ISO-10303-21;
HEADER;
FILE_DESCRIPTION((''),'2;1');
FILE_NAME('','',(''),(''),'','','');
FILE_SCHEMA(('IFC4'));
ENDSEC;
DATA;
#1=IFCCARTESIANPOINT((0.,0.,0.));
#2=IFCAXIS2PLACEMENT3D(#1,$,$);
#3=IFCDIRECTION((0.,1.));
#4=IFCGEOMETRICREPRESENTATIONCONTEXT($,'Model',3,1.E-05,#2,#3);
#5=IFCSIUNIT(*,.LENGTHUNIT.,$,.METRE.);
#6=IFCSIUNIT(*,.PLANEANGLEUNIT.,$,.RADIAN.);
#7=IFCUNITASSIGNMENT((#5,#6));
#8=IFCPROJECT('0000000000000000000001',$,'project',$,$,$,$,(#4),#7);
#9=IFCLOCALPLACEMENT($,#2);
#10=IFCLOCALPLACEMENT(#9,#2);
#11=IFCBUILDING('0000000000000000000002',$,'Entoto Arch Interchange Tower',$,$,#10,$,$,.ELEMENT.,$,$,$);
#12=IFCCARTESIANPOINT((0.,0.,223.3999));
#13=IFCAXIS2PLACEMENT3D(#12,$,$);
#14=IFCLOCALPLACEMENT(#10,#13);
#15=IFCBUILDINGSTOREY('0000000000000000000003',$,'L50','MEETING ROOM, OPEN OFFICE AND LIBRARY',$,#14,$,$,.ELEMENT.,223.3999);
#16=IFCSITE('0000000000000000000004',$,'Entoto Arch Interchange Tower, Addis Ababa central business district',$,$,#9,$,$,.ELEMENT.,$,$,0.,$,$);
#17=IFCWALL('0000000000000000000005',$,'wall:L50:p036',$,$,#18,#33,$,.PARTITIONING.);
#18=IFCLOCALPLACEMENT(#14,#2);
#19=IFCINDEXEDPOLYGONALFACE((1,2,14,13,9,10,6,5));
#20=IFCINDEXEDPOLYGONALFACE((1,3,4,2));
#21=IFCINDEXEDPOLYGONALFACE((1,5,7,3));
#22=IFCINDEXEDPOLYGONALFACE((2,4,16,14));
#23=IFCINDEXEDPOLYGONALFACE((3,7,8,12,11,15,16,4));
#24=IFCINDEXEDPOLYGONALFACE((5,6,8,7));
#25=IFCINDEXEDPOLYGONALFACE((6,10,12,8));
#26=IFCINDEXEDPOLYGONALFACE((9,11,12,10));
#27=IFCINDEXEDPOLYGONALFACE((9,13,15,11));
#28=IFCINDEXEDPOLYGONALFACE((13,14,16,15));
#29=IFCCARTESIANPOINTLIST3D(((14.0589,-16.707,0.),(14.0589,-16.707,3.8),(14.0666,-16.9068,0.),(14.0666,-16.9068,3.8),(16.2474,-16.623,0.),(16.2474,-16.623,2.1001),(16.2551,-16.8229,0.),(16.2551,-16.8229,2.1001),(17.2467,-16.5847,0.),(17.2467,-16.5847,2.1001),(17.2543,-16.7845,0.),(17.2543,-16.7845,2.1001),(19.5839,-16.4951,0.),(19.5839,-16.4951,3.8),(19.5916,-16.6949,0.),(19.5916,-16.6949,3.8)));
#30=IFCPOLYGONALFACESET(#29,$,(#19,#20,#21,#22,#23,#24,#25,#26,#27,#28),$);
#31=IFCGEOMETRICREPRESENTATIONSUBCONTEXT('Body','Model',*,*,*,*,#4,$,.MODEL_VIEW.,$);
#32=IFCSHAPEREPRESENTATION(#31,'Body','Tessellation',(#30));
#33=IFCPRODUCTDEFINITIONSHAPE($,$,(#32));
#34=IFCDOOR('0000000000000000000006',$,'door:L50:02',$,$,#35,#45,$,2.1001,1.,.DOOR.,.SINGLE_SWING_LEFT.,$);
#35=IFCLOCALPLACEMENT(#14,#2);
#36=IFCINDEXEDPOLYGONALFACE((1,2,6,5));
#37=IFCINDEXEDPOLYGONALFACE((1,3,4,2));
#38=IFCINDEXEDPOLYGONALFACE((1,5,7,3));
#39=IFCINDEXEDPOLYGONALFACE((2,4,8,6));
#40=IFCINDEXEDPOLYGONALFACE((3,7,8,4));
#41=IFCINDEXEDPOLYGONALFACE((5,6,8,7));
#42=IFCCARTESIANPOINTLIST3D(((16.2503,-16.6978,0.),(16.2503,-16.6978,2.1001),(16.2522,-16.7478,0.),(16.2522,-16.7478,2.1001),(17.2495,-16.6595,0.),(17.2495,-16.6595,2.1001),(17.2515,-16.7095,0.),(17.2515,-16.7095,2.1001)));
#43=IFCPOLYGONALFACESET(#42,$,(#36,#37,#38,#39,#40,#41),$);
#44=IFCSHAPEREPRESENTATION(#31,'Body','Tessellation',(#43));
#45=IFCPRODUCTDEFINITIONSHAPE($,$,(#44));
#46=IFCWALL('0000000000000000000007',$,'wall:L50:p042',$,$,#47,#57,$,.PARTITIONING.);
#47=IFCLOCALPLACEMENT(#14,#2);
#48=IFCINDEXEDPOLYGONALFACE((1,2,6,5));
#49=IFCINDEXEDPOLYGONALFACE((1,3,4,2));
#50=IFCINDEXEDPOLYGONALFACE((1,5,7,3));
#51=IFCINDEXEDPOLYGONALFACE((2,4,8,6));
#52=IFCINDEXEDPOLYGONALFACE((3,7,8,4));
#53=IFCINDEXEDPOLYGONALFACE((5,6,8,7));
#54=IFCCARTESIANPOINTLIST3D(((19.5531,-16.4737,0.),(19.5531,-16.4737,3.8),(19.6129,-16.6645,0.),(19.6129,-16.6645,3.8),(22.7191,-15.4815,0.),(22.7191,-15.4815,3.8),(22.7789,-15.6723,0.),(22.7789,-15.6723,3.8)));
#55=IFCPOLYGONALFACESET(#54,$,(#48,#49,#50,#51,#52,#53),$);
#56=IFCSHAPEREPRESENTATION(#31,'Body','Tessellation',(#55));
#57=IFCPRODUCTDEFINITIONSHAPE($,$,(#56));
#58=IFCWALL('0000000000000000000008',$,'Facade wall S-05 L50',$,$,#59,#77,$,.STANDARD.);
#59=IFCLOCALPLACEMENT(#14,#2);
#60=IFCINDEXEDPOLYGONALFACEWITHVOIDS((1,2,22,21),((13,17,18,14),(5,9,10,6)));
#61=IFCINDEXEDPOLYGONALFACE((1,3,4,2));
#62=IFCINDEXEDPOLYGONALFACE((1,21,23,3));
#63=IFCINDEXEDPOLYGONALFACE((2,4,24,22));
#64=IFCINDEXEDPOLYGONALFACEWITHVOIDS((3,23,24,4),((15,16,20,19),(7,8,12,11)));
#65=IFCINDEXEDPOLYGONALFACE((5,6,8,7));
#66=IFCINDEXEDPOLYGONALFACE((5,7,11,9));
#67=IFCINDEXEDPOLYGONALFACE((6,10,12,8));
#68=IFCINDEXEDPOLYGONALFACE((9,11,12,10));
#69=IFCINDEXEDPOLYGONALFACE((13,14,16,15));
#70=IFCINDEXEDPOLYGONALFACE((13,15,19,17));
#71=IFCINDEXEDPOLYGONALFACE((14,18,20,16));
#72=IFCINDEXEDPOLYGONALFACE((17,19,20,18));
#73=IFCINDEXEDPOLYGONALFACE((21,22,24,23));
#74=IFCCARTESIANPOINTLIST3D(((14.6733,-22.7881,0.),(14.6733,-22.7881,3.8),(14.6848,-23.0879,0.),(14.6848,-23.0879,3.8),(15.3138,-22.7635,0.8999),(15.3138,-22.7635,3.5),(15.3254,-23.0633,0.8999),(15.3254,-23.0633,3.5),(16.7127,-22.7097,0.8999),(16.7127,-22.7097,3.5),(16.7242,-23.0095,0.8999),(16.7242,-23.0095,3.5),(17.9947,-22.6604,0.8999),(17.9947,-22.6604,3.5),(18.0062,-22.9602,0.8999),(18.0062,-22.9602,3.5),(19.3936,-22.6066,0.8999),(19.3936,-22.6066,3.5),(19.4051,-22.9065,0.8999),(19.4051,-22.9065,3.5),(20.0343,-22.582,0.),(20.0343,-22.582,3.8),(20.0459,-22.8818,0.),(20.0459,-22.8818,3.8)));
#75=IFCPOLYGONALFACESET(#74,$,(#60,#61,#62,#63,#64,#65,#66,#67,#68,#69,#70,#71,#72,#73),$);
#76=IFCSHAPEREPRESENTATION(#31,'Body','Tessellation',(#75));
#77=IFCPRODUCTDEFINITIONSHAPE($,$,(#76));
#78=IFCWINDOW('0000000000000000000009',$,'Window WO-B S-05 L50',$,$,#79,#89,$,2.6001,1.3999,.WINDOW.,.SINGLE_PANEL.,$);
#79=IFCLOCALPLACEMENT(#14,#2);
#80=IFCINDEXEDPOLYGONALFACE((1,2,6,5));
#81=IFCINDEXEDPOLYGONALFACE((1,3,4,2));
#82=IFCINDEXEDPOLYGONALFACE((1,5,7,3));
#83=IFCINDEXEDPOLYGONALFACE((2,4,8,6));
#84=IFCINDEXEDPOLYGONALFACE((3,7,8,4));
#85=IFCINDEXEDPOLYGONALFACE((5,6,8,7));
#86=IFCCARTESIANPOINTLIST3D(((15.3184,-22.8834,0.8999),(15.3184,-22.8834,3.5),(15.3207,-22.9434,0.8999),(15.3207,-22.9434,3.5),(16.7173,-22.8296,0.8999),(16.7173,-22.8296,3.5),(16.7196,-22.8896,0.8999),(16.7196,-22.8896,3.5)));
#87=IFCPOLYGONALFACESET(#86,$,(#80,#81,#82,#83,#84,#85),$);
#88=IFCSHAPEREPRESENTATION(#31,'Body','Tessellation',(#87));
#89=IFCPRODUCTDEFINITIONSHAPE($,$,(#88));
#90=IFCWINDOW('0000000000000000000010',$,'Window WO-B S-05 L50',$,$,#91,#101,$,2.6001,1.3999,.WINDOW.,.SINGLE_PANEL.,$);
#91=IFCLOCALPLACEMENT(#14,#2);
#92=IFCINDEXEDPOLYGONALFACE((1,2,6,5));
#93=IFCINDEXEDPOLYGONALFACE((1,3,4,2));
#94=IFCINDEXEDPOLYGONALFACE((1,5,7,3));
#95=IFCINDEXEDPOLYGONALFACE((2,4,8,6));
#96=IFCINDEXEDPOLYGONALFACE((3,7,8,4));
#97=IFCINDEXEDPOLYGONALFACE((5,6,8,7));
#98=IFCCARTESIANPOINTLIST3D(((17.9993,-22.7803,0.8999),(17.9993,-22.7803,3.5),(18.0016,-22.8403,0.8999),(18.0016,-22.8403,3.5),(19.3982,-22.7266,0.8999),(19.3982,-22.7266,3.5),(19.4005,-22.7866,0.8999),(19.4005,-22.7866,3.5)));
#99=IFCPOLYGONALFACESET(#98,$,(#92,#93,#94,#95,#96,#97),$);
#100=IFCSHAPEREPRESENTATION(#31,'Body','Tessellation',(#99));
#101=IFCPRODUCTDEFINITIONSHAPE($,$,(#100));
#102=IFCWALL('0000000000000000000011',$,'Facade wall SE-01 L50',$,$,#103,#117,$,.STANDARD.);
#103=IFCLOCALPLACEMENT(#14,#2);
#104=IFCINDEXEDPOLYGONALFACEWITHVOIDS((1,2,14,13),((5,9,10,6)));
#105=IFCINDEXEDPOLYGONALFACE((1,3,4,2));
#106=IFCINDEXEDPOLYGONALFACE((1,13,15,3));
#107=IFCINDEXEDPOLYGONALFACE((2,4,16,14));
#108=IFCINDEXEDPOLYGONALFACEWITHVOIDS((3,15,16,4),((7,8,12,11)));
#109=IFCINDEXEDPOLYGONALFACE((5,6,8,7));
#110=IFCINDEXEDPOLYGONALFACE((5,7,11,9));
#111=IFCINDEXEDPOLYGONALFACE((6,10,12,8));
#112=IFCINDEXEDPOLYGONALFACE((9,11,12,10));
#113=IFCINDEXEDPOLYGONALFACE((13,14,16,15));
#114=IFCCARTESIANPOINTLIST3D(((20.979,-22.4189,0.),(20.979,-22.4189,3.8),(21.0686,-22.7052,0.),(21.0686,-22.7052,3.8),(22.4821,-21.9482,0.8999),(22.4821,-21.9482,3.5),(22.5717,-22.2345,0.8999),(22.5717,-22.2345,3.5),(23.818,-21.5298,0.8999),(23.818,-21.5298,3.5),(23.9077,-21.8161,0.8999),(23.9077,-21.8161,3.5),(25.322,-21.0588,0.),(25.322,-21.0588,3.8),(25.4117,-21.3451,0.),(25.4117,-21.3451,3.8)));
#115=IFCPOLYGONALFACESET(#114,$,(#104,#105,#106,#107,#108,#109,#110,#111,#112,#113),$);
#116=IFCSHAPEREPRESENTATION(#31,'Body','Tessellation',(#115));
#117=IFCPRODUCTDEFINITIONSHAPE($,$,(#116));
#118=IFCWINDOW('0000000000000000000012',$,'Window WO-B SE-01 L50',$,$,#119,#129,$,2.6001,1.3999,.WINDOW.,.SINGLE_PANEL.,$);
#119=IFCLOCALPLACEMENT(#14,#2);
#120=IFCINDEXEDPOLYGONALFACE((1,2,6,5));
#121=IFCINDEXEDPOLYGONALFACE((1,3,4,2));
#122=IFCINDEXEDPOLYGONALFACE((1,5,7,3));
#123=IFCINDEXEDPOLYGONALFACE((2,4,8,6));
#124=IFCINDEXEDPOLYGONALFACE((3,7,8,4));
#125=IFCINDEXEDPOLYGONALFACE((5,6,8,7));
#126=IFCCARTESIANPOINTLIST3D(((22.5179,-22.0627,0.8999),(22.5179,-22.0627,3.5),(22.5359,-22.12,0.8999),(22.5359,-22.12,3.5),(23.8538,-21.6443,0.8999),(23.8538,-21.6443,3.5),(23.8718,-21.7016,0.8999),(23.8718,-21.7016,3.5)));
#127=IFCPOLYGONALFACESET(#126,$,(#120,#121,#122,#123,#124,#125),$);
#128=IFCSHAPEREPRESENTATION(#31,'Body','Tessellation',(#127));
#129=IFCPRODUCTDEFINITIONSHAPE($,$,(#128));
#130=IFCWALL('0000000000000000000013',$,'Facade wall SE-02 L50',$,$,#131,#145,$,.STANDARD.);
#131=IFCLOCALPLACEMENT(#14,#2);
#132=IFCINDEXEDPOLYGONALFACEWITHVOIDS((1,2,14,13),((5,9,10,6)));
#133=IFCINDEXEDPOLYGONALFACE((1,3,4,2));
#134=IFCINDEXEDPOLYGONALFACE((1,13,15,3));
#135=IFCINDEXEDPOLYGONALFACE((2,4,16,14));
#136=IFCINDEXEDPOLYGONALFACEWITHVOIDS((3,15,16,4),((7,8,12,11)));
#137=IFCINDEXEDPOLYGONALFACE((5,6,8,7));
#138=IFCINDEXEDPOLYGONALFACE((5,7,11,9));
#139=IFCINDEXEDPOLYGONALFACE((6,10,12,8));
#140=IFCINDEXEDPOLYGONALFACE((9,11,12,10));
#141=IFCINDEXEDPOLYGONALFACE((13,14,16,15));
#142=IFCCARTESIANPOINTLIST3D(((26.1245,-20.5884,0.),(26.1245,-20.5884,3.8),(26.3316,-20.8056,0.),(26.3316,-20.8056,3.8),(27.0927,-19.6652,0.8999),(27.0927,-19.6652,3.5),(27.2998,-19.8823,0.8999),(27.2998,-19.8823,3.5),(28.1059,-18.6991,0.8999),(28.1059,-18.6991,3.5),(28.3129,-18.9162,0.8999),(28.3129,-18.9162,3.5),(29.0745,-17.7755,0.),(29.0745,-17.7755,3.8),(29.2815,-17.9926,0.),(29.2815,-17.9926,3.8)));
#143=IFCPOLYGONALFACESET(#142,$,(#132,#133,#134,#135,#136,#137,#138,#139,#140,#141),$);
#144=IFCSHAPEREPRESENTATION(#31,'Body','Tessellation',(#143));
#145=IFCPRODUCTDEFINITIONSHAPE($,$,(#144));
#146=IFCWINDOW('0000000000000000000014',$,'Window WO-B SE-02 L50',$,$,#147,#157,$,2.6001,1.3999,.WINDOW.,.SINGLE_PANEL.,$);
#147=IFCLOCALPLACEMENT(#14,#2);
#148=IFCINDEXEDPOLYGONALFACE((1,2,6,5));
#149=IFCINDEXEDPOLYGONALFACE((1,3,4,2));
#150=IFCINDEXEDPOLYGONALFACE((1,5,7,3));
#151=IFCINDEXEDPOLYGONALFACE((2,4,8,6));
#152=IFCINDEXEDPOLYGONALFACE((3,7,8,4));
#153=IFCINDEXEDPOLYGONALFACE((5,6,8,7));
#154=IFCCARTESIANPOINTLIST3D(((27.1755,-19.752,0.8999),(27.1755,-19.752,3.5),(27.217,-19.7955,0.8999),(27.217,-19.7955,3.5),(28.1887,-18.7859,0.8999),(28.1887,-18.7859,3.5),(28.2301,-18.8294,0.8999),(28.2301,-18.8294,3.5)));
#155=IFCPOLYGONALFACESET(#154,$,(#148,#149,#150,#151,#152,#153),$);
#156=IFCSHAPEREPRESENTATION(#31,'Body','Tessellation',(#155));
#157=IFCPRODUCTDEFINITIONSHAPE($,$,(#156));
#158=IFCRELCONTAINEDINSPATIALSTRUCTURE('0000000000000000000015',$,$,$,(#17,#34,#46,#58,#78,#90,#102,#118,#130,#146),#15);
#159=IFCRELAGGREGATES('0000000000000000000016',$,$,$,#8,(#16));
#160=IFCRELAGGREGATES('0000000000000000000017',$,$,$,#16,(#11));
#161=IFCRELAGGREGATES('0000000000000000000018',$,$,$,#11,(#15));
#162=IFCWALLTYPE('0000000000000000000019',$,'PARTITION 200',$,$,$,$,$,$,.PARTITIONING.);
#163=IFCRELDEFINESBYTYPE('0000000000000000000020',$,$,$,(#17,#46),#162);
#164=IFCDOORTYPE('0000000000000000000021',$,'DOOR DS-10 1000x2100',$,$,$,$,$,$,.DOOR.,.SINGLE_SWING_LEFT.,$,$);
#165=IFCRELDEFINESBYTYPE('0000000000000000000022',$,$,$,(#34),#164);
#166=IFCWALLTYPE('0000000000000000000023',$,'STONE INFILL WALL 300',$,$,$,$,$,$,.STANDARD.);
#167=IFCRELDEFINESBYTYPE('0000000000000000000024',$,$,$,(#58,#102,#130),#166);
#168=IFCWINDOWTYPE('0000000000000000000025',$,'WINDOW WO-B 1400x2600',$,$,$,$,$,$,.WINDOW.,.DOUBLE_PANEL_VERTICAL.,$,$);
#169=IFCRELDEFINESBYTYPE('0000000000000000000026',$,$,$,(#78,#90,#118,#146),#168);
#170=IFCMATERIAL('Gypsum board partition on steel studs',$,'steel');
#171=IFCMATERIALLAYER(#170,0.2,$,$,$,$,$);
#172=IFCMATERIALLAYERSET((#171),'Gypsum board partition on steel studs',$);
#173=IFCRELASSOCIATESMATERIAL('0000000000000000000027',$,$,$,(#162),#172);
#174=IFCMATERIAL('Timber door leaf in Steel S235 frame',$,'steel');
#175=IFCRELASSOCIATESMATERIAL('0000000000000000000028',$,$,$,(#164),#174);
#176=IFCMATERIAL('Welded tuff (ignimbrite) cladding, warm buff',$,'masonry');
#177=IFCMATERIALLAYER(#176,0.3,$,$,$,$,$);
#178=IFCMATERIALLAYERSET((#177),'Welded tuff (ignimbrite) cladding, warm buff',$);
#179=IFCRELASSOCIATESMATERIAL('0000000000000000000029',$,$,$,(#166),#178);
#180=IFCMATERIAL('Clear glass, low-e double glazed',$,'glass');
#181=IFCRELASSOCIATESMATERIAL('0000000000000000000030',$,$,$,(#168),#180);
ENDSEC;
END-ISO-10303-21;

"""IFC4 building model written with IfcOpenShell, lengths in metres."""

from ifc_helpers import new_model, si_unit, direction, frame, frame_2d, origin, place, context, subcontext, project, spatial, rectangle, extrude, material, layer, layer_set, type_object, element, fill, save


model = new_model("IFC4")

# Units and contexts
model_context = context("Model", 3, precision=1e-05, world=origin(), true_north=direction((0.0, 1.0)))
body_context = subcontext(model_context, "Body", "Model", "MODEL_VIEW")
ifc_project = project(units=[si_unit("LENGTHUNIT", "METRE"), si_unit("PLANEANGLEUNIT", "RADIAN")], contexts=[model_context])

# Site, building, storey
site_placement = place(None, origin())
site = spatial("IfcSite", under=ifc_project, at=site_placement, Name="Entoto Arch Interchange Tower, Addis Ababa central business district", CompositionType="ELEMENT", RefElevation=0.0)
building_placement = place(site_placement, origin())
building = spatial("IfcBuilding", under=site, at=building_placement, Name="Entoto Arch Interchange Tower", CompositionType="ELEMENT")
storey_placement = place(building_placement, frame((0.0, 0.0, 223.3999)))
storey = spatial("IfcBuildingStorey", under=building, at=storey_placement, Name="L50", Description="MEETING ROOM, OPEN OFFICE AND LIBRARY", CompositionType="ELEMENT", Elevation=223.3999)

# Shared definitions
ifc_material_1 = material(Name="Gypsum board partition on steel studs", Category="steel")
ifc_layer_1 = layer(ifc_material_1, 0.2)
ifc_layer_set_1 = layer_set([ifc_layer_1], Name="Gypsum board partition on steel studs")
wall_type_1 = type_object("IfcWallType", Name="PARTITION 200", PredefinedType="PARTITIONING", material=ifc_layer_set_1)

# Wall, opening, door
ifc_material_2 = material(Name="Timber door leaf in Steel S235 frame", Category="steel")
door_type = type_object("IfcDoorType", Name="DOOR DS-10 1000x2100", OperationType="SINGLE_SWING_LEFT", PredefinedType="DOOR", material=ifc_material_2)
wall_1_placement = place(storey_placement, frame((19.5879, -16.595, 0.0), z_axis=(0.0, 0.0, 1.0), x_axis=(-0.999265, -0.038328, 0.0)))
wall_1 = element("IfcWall", 1, at=wall_1_placement, inside=storey, type_object=wall_type_1, Name="wall:L50:p036", PredefinedType="PARTITIONING", context=body_context, shape_type="SweptSolid", body=[
    extrude(rectangle(XDim=5.5291, YDim=0.2, at=frame_2d((2.7646, 0.0))), origin(), (0.0, 0.0, 1.0), 3.8),
])
opening_1_placement = place(wall_1_placement, frame((2.3391, 0.0, 0.0)))
opening_1 = element("IfcOpeningElement", 2, at=opening_1_placement, cuts=wall_1, PredefinedType="OPENING", context=body_context, shape_type="SweptSolid", body=[
    extrude(rectangle(XDim=1.0, YDim=2.1001, at=frame_2d((0.5, 1.05))), frame((0.0, 0.1099, 0.0), z_axis=(0.0, -1.0, 0.0), x_axis=(1.0, 0.0, 0.0)), (0.0, 0.0, 1.0), 0.22),
])
door_1_placement = place(opening_1_placement, origin())
door_1 = element("IfcDoor", 3, at=door_1_placement, inside=storey, type_object=door_type, Name="door:L50:02", OperationType="SINGLE_SWING_LEFT", OverallHeight=2.1001, OverallWidth=1.0, PredefinedType="DOOR", context=body_context, shape_type="SweptSolid", body=[
    extrude(rectangle(XDim=1.0, YDim=2.1001, at=frame_2d((0.5, 1.05))), frame((0.0, 0.0249, 0.0), z_axis=(0.0, -1.0, 0.0), x_axis=(1.0, 0.0, 0.0)), (0.0, 0.0, 1.0), 0.05),
])
fill(opening_1, door_1)

# Wall
wall_2_placement = place(storey_placement, frame((22.749, -15.5769, 0.0), z_axis=(0.0, 0.0, 1.0), x_axis=(-0.954239, -0.299046, 0.0)))
element("IfcWall", 4, at=wall_2_placement, inside=storey, type_object=wall_type_1, Name="wall:L50:p042", PredefinedType="PARTITIONING", context=body_context, shape_type="SweptSolid", body=[
    extrude(rectangle(XDim=3.3179, YDim=0.2, at=frame_2d((1.6589, 0.0))), origin(), (0.0, 0.0, 1.0), 3.8),
])

# Wall, openings, windows
ifc_material_3 = material(Name="Welded tuff (ignimbrite) cladding, warm buff", Category="masonry")
ifc_layer_2 = layer(ifc_material_3, 0.3)
ifc_layer_set_2 = layer_set([ifc_layer_2], Name="Welded tuff (ignimbrite) cladding, warm buff")
wall_type_2 = type_object("IfcWallType", Name="STONE INFILL WALL 300", PredefinedType="STANDARD", material=ifc_layer_set_2)
wall_3_placement = place(storey_placement, frame((14.679, -22.938, 0.0), z_axis=(0.0, 0.0, 1.0), x_axis=(0.999262, 0.038407, 0.0)))
wall_3 = element("IfcWall", 5, at=wall_3_placement, inside=storey, type_object=wall_type_2, Name="Facade wall S-05 L50", PredefinedType="STANDARD", context=body_context, shape_type="SweptSolid", body=[
    extrude(rectangle(XDim=5.365, YDim=0.3, at=frame_2d((2.6826, 0.0))), origin(), (0.0, 0.0, 1.0), 3.8),
])
opening_2_placement = place(wall_3_placement, frame((0.6411, 0.0, 0.8999)))
opening_2 = element("IfcOpeningElement", 6, at=opening_2_placement, cuts=wall_3, PredefinedType="OPENING", context=body_context, shape_type="SweptSolid", body=[
    extrude(rectangle(XDim=1.3999, YDim=2.6001, at=frame_2d((0.7, 1.3))), frame((0.0, 0.1602, 0.0), z_axis=(0.0, -1.0, 0.0), x_axis=(1.0, 0.0, 0.0)), (0.0, 0.0, 1.0), 0.3201),
])
opening_3_placement = place(wall_3_placement, frame((3.324, 0.0, 0.8999)))
opening_3 = element("IfcOpeningElement", 7, at=opening_3_placement, cuts=wall_3, PredefinedType="OPENING", context=body_context, shape_type="SweptSolid", body=[
    extrude(rectangle(XDim=1.3999, YDim=2.6001, at=frame_2d((0.7, 1.3))), frame((0.0, 0.1602, 0.0), z_axis=(0.0, -1.0, 0.0), x_axis=(1.0, 0.0, 0.0)), (0.0, 0.0, 1.0), 0.3201),
])
ifc_material_4 = material(Name="Clear glass, low-e double glazed", Category="glass")
window_type = type_object("IfcWindowType", Name="WINDOW WO-B 1400x2600", PartitioningType="DOUBLE_PANEL_VERTICAL", PredefinedType="WINDOW", material=ifc_material_4)
window_1_placement = place(opening_2_placement, origin())
window_1 = element("IfcWindow", 8, at=window_1_placement, inside=storey, type_object=window_type, Name="Window WO-B S-05 L50", OverallHeight=2.6001, OverallWidth=1.3999, PartitioningType="SINGLE_PANEL", PredefinedType="WINDOW", context=body_context, shape_type="SweptSolid", body=[
    extrude(rectangle(XDim=1.3999, YDim=2.6001, at=frame_2d((0.7, 1.3))), frame((0.0, 0.03, 0.0), z_axis=(0.0, -1.0, 0.0), x_axis=(1.0, 0.0, 0.0)), (0.0, 0.0, 1.0), 0.0601),
])
fill(opening_2, window_1)
window_2_placement = place(opening_3_placement, origin())
window_2 = element("IfcWindow", 9, at=window_2_placement, inside=storey, type_object=window_type, Name="Window WO-B S-05 L50", OverallHeight=2.6001, OverallWidth=1.3999, PartitioningType="SINGLE_PANEL", PredefinedType="WINDOW", context=body_context, shape_type="SweptSolid", body=[
    extrude(rectangle(XDim=1.3999, YDim=2.6001, at=frame_2d((0.7, 1.3))), frame((0.0, 0.03, 0.0), z_axis=(0.0, -1.0, 0.0), x_axis=(1.0, 0.0, 0.0)), (0.0, 0.0, 1.0), 0.0601),
])
fill(opening_3, window_2)

# Walls, openings, windows
wall_4_placement = place(storey_placement, frame((21.0239, -22.562, 0.0), z_axis=(0.0, 0.0, 1.0), x_axis=(0.954297, 0.298858, 0.0)))
wall_4 = element("IfcWall", 10, at=wall_4_placement, inside=storey, type_object=wall_type_2, Name="Facade wall SE-01 L50", PredefinedType="STANDARD", context=body_context, shape_type="SweptSolid", body=[
    extrude(rectangle(XDim=4.551, YDim=0.3, at=frame_2d((2.2754, 0.0))), origin(), (0.0, 0.0, 1.0), 3.8),
])
opening_4_placement = place(wall_4_placement, frame((1.575, 0.0, 0.8999)))
opening_4 = element("IfcOpeningElement", 11, at=opening_4_placement, cuts=wall_4, PredefinedType="OPENING", context=body_context, shape_type="SweptSolid", body=[
    extrude(rectangle(XDim=1.3999, YDim=2.6001, at=frame_2d((0.7, 1.3))), frame((0.0, 0.1602, 0.0), z_axis=(0.0, -1.0, 0.0), x_axis=(1.0, 0.0, 0.0)), (0.0, 0.0, 1.0), 0.3201),
])
window_3_placement = place(opening_4_placement, origin())
window_3 = element("IfcWindow", 12, at=window_3_placement, inside=storey, type_object=window_type, Name="Window WO-B SE-01 L50", OverallHeight=2.6001, OverallWidth=1.3999, PartitioningType="SINGLE_PANEL", PredefinedType="WINDOW", context=body_context, shape_type="SweptSolid", body=[
    extrude(rectangle(XDim=1.3999, YDim=2.6001, at=frame_2d((0.7, 1.3))), frame((0.0, 0.03, 0.0), z_axis=(0.0, -1.0, 0.0), x_axis=(1.0, 0.0, 0.0)), (0.0, 0.0, 1.0), 0.0601),
])
fill(opening_4, window_3)
wall_5_placement = place(storey_placement, frame((26.228, -20.697, 0.0), z_axis=(0.0, 0.0, 1.0), x_axis=(0.723708, 0.690107, 0.0)))
wall_5 = element("IfcWall", 13, at=wall_5_placement, inside=storey, type_object=wall_type_2, Name="Facade wall SE-02 L50", PredefinedType="STANDARD", context=body_context, shape_type="SweptSolid", body=[
    extrude(rectangle(XDim=4.0762, YDim=0.3, at=frame_2d((2.0381, 0.0))), origin(), (0.0, 0.0, 1.0), 3.8),
])
opening_5_placement = place(wall_5_placement, frame((1.3379, 0.0, 0.8999)))
opening_5 = element("IfcOpeningElement", 14, at=opening_5_placement, cuts=wall_5, PredefinedType="OPENING", context=body_context, shape_type="SweptSolid", body=[
    extrude(rectangle(XDim=1.3999, YDim=2.6001, at=frame_2d((0.7, 1.3))), frame((0.0, 0.1602, 0.0), z_axis=(0.0, -1.0, 0.0), x_axis=(1.0, 0.0, 0.0)), (0.0, 0.0, 1.0), 0.3201),
])
window_4_placement = place(opening_5_placement, origin())
window_4 = element("IfcWindow", 15, at=window_4_placement, inside=storey, type_object=window_type, Name="Window WO-B SE-02 L50", OverallHeight=2.6001, OverallWidth=1.3999, PartitioningType="SINGLE_PANEL", PredefinedType="WINDOW", context=body_context, shape_type="SweptSolid", body=[
    extrude(rectangle(XDim=1.3999, YDim=2.6001, at=frame_2d((0.7, 1.3))), frame((0.0, 0.03, 0.0), z_axis=(0.0, -1.0, 0.0), x_axis=(1.0, 0.0, 0.0)), (0.0, 0.0, 1.0), 0.0601),
])
fill(opening_5, window_4)

save(model, "model.ifc")
